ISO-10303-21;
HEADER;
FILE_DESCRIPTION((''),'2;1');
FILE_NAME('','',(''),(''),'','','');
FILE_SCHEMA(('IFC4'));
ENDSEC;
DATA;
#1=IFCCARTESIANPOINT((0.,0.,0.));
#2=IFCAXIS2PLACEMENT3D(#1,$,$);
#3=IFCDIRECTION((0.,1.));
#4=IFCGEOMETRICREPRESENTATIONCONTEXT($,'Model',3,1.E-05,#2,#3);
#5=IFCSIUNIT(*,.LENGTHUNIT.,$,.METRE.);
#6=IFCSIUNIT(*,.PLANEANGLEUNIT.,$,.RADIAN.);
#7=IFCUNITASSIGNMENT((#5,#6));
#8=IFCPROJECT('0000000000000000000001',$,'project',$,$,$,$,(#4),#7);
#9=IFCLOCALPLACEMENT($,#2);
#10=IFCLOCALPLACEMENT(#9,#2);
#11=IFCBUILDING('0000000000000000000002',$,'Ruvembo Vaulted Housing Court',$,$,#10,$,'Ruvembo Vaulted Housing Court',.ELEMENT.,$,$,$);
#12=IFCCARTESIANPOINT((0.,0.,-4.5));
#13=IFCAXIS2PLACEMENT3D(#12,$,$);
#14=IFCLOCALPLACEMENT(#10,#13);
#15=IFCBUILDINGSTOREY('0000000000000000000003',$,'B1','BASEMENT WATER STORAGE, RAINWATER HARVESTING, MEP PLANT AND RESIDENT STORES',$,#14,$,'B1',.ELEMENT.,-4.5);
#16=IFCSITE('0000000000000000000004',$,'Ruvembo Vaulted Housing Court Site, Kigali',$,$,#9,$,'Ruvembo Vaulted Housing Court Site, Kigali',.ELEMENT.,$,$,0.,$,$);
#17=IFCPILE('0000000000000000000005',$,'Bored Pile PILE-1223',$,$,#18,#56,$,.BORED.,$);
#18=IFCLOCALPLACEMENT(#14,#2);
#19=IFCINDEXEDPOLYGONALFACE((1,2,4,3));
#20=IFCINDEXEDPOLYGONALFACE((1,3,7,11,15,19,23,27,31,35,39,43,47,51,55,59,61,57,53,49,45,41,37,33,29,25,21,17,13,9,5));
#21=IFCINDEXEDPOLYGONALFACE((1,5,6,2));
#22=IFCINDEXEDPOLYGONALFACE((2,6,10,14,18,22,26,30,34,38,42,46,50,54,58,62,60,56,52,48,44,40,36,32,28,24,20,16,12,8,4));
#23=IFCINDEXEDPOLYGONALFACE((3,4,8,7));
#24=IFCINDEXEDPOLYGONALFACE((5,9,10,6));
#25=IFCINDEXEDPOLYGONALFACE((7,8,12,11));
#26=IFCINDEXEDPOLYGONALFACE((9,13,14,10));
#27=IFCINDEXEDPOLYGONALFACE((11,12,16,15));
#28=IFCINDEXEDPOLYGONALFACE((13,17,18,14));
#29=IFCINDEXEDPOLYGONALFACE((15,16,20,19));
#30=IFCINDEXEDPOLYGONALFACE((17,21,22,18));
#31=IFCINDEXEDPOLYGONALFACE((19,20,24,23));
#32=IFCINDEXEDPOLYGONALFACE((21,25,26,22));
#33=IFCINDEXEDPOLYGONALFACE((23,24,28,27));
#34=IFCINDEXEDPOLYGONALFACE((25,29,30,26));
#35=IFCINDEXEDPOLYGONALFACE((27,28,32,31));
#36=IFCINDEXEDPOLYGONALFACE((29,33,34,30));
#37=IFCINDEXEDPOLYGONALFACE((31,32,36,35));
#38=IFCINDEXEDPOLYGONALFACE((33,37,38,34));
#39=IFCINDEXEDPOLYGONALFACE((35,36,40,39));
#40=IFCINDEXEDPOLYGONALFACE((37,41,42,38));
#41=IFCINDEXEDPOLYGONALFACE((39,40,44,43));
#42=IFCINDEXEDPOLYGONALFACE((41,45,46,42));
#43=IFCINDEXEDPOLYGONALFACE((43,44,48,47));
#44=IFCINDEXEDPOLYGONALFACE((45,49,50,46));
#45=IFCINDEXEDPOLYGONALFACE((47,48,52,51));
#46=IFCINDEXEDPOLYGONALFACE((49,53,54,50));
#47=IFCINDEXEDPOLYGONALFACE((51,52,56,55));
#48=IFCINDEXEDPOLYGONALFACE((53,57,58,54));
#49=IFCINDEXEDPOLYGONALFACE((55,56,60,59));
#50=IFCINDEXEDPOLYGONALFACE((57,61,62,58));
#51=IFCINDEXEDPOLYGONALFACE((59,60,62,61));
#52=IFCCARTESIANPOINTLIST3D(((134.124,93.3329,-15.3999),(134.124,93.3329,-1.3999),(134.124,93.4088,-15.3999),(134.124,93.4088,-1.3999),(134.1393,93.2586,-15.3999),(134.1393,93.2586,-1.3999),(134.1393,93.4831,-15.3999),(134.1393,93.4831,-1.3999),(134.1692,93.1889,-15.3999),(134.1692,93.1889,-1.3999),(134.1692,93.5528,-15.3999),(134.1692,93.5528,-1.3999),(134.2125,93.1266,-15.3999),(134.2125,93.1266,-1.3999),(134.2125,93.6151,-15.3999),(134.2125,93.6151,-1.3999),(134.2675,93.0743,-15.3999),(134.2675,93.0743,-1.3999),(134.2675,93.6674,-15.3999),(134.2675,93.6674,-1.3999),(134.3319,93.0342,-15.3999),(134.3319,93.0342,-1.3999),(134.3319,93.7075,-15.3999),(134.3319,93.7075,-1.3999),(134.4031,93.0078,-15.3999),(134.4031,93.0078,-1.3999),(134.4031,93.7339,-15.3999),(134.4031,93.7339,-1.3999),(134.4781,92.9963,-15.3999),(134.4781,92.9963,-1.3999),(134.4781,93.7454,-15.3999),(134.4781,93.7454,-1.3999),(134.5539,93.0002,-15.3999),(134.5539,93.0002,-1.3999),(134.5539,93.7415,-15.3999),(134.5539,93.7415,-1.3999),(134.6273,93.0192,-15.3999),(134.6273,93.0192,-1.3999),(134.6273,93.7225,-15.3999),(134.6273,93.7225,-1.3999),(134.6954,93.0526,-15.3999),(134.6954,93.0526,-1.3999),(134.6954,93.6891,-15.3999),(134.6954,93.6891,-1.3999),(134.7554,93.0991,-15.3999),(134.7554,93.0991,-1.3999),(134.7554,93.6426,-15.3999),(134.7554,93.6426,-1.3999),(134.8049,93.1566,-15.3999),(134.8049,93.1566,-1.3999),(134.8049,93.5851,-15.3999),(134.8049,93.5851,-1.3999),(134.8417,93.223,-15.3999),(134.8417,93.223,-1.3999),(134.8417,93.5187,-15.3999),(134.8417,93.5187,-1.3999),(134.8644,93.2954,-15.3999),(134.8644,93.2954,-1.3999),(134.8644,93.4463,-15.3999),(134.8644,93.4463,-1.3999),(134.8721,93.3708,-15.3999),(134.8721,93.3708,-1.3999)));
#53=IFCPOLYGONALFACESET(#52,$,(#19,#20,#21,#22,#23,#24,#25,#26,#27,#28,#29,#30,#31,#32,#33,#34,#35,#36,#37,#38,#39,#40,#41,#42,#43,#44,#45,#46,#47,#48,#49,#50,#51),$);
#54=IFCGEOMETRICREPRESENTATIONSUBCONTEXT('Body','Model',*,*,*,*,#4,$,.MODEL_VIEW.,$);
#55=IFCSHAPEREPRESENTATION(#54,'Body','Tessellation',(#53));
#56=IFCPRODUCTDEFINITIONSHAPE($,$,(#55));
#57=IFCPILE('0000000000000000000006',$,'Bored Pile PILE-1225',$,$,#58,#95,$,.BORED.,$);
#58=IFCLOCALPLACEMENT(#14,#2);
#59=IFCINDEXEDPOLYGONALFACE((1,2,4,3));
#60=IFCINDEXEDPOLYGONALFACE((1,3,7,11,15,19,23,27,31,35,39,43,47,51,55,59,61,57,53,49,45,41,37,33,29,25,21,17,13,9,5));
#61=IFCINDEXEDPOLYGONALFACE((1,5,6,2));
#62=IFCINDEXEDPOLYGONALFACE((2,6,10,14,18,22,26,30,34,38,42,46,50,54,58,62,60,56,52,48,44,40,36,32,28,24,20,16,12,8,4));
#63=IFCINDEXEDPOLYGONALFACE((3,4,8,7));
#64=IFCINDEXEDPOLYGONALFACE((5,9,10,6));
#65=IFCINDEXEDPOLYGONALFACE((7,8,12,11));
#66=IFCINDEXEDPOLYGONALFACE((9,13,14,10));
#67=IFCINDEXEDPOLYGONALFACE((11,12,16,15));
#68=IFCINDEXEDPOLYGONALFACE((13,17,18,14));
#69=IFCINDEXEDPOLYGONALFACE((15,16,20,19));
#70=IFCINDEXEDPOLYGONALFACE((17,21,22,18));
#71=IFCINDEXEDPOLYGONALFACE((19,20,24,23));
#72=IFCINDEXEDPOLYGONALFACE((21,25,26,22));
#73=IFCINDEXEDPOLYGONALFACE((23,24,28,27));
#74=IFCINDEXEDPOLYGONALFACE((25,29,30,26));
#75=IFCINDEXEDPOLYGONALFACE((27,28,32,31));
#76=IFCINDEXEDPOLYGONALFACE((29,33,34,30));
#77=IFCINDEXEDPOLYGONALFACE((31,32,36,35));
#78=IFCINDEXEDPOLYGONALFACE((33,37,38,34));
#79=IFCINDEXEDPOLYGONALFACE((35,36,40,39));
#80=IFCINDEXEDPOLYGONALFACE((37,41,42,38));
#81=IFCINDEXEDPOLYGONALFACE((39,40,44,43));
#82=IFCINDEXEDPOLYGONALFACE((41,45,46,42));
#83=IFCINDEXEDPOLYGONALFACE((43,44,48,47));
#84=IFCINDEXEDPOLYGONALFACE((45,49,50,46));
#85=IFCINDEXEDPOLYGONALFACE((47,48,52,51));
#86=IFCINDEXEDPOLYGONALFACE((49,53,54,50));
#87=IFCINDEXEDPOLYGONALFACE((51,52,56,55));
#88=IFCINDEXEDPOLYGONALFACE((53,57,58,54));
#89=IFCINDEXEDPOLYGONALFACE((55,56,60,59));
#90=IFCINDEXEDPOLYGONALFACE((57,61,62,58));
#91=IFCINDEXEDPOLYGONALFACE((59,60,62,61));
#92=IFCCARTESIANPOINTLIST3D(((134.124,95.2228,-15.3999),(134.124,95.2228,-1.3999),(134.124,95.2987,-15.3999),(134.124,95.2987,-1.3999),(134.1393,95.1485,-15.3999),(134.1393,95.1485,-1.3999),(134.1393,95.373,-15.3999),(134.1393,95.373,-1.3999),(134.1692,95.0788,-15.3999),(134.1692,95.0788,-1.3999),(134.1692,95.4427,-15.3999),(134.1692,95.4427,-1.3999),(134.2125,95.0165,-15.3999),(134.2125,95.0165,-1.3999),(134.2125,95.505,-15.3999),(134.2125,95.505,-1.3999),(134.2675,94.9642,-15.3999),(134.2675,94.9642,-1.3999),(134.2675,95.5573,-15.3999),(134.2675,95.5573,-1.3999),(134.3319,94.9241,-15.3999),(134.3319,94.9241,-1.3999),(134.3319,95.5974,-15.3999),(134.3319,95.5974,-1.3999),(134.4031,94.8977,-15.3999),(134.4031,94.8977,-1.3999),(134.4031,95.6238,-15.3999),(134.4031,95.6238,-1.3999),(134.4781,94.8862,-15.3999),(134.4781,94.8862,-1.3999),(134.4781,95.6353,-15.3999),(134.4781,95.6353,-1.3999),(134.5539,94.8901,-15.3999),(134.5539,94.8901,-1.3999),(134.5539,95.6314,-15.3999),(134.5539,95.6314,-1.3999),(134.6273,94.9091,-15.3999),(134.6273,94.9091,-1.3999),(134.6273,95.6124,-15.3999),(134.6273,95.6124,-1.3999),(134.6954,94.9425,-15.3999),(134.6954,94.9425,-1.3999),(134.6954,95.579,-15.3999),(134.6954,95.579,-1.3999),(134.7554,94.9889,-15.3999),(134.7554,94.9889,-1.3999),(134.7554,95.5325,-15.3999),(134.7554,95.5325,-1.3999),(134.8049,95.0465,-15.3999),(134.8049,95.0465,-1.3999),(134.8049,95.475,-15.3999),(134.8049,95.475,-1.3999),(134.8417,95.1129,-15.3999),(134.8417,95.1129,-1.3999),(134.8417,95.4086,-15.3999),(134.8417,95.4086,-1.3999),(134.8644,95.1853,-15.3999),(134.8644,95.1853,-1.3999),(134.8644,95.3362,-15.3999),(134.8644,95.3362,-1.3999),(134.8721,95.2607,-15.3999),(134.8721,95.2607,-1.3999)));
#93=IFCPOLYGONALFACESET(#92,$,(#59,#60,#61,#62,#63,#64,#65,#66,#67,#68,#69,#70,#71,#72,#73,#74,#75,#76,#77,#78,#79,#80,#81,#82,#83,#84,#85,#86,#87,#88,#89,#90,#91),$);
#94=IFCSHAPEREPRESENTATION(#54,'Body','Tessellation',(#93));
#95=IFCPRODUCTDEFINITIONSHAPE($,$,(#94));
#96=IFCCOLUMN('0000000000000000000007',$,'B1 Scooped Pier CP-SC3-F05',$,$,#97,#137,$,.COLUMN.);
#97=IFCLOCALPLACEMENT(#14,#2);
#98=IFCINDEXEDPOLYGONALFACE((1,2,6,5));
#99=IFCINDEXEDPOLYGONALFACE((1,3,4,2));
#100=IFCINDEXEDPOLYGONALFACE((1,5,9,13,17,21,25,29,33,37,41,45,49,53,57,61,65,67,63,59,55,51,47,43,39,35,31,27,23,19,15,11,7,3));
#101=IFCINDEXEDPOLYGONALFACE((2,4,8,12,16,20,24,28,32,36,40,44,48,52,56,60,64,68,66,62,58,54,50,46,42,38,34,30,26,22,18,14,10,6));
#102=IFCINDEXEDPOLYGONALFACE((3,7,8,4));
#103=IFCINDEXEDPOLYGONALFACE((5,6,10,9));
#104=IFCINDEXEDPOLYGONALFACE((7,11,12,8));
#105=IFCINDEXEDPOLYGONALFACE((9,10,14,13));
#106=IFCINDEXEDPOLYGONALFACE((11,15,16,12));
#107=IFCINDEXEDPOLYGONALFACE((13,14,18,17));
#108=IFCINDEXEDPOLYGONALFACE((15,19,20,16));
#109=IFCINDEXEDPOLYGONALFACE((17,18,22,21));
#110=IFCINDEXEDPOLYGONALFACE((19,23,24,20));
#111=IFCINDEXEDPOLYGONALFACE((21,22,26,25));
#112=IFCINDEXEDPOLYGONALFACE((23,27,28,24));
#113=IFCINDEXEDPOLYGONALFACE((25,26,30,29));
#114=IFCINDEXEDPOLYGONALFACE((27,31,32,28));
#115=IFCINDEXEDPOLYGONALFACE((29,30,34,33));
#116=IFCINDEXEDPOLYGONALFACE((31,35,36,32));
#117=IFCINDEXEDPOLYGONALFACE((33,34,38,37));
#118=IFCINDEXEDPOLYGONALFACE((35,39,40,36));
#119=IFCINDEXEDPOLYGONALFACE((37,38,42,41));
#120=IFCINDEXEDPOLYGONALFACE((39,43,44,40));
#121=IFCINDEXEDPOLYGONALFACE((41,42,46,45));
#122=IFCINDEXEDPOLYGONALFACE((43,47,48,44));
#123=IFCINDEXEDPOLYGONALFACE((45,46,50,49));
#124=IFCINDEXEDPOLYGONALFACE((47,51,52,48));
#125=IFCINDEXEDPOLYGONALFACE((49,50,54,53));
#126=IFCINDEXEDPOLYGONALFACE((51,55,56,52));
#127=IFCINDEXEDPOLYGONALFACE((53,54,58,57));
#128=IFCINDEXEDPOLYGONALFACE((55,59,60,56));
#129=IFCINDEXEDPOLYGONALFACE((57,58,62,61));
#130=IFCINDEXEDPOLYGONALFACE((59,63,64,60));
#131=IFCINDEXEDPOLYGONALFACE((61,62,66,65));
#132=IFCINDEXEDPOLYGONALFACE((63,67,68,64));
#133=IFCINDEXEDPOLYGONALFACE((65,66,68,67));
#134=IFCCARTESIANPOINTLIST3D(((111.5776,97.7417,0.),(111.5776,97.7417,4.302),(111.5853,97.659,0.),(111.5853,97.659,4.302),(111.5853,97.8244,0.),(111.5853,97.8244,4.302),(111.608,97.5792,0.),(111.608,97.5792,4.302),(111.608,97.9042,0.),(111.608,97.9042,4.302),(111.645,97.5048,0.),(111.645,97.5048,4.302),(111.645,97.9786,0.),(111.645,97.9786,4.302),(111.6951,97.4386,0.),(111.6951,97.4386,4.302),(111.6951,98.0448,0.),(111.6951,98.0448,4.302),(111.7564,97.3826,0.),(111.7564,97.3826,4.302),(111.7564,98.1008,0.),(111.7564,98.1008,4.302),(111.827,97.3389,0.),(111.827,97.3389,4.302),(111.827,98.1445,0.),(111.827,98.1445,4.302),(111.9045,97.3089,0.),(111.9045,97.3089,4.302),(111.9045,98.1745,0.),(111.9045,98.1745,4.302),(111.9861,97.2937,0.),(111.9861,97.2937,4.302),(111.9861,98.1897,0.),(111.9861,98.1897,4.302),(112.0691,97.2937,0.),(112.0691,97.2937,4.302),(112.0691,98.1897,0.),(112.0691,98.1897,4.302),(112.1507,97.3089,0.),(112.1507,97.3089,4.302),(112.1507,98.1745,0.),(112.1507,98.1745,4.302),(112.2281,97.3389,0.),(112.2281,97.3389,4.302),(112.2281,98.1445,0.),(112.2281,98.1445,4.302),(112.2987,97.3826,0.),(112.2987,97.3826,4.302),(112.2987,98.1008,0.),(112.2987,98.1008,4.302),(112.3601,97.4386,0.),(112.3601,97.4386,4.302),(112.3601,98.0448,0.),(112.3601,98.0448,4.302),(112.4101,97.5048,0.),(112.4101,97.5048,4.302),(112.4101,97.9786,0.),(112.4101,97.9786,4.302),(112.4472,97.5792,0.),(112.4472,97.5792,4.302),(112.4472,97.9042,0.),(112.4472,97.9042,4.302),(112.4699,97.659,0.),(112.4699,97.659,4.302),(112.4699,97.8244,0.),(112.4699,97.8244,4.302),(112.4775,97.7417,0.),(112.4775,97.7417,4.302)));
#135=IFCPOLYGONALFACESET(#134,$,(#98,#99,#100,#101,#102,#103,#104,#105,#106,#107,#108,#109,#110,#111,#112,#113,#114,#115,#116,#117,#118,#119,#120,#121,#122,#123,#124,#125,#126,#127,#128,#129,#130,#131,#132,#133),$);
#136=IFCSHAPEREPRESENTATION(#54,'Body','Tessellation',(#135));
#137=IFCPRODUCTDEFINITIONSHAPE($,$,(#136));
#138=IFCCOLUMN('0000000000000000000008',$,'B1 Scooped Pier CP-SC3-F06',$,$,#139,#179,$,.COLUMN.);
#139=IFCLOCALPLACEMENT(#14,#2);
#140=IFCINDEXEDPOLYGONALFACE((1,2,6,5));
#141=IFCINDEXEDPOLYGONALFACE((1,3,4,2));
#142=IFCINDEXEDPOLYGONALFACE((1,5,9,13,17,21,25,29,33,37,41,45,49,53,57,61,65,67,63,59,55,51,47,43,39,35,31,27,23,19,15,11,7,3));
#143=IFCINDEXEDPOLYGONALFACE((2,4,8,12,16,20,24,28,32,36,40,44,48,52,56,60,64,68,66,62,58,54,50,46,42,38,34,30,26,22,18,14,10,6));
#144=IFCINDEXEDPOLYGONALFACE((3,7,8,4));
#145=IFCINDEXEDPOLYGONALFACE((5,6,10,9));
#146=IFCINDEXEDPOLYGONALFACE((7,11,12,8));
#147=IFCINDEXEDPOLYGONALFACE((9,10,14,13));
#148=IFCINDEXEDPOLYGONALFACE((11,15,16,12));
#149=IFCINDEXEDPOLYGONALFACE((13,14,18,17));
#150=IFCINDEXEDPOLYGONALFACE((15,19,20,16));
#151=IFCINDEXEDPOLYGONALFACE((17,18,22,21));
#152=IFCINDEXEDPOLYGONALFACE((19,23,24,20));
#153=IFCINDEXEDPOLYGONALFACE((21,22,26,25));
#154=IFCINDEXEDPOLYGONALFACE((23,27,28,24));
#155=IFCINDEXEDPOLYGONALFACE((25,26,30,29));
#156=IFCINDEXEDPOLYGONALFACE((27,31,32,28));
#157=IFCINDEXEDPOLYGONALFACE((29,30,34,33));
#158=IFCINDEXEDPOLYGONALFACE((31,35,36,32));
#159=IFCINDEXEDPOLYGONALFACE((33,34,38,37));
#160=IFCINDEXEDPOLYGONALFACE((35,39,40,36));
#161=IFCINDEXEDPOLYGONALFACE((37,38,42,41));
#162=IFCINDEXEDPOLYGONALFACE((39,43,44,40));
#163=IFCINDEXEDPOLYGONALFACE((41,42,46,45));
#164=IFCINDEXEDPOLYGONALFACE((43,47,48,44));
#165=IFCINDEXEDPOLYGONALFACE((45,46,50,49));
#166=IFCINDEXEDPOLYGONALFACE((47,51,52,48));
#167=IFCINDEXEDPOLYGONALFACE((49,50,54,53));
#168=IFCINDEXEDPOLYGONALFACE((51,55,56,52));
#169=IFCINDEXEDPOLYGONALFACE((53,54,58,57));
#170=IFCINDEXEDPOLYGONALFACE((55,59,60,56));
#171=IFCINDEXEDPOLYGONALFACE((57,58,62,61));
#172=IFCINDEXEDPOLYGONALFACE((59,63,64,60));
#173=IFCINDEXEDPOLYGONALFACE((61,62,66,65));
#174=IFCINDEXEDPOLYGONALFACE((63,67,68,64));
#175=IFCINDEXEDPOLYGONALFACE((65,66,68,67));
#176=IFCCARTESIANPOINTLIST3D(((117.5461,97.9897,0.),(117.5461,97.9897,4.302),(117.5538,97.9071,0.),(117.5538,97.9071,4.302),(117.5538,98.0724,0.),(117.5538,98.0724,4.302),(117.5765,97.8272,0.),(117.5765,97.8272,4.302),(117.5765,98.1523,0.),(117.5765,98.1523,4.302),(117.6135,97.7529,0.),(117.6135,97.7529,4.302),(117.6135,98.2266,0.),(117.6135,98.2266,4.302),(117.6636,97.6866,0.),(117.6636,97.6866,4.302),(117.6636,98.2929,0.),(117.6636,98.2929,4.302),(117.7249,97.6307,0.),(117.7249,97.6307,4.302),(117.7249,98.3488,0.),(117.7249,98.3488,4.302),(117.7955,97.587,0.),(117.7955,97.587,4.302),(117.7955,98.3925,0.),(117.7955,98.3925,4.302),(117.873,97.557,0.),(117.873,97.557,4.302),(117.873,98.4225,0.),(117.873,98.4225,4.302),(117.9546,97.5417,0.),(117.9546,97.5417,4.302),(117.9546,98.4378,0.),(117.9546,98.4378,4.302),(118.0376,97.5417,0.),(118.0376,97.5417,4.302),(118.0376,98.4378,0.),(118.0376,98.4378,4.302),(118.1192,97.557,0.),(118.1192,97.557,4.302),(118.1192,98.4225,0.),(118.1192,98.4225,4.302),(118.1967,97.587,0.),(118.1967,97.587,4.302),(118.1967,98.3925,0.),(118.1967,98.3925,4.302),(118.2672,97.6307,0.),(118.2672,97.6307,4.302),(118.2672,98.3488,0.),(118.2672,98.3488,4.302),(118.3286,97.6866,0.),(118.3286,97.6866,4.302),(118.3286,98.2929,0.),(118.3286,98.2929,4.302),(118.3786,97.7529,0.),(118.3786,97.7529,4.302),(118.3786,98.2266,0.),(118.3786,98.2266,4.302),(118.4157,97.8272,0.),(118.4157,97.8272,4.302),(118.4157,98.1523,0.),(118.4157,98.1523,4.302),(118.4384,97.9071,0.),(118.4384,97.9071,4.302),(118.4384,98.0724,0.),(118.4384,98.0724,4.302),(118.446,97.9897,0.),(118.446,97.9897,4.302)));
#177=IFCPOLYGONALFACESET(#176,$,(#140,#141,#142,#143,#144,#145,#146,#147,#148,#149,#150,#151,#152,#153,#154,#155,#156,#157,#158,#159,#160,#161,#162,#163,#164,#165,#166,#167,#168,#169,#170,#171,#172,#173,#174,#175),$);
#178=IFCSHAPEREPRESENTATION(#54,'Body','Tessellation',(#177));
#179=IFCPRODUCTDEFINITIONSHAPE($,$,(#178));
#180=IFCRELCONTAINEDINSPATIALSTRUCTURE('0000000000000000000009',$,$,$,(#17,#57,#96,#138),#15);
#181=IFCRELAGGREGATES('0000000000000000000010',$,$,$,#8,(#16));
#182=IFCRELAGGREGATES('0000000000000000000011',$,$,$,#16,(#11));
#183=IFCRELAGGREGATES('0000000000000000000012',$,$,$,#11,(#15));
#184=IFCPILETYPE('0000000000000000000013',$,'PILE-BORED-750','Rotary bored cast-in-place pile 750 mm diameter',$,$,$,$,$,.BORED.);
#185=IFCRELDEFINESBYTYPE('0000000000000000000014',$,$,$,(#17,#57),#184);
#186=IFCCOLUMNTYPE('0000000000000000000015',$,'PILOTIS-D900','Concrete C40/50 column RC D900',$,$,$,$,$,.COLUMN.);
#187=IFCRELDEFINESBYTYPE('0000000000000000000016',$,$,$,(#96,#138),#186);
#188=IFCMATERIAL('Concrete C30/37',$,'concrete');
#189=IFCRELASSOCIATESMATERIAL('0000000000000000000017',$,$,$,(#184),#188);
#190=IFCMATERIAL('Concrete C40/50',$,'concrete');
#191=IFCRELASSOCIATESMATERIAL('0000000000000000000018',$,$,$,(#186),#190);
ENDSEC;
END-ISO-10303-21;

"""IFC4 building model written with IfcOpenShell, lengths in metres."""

from ifc_helpers import new_model, si_unit, direction, frame, origin, origin_2d, place, context, subcontext, project, spatial, circle, extrude, material, material_profile, profile_set, type_object, element, save


model = new_model("IFC4")

# Units and contexts
model_context = context("Model", 3, precision=1e-05, world=origin(), true_north=direction((0.0, 1.0)))
body_context = subcontext(model_context, "Body", "Model", "MODEL_VIEW")
ifc_project = project(units=[si_unit("LENGTHUNIT", "METRE"), si_unit("PLANEANGLEUNIT", "RADIAN")], contexts=[model_context])

# Site, building, storey
site_placement = place(None, origin())
site = spatial("IfcSite", under=ifc_project, at=site_placement, Name="Ruvembo Vaulted Housing Court Site, Kigali", LongName="Ruvembo Vaulted Housing Court Site, Kigali", CompositionType="ELEMENT", RefElevation=0.0)
building_placement = place(site_placement, origin())
building = spatial("IfcBuilding", under=site, at=building_placement, Name="Ruvembo Vaulted Housing Court", LongName="Ruvembo Vaulted Housing Court", CompositionType="ELEMENT")
storey_placement = place(building_placement, frame((0.0, 0.0, -4.5)))
storey = spatial("IfcBuildingStorey", under=building, at=storey_placement, Name="B1", Description="BASEMENT WATER STORAGE, RAINWATER HARVESTING, MEP PLANT AND RESIDENT STORES", LongName="B1", CompositionType="ELEMENT", Elevation=-4.5)

# Piles
ifc_material_1 = material(Name="Concrete C30/37", Category="concrete")
ifc_material_profile_1 = material_profile(ifc_material_1, circle(Radius=0.375, at=origin_2d()), Name="PILE D750")
ifc_profile_set_1 = profile_set([ifc_material_profile_1], Name="Concrete C30/37")
pile_type_1 = type_object("IfcPileType", Name="PILE-BORED-750", Description="Rotary bored cast-in-place pile 750 mm diameter", PredefinedType="BORED", material=ifc_profile_set_1)
for number, where, z_axis, x_axis, name in (
    (1, (134.4971, 93.3708, -1.3999), (0.0, 0.0, -1.0), (1.0, 0.0, 0.0), "Bored Pile PILE-1223"),
    (2, (134.4971, 95.2607, -1.3999), (0.0, 0.0, -1.0), (1.0, 0.0, 0.0), "Bored Pile PILE-1225"),
):
    element("IfcPile", number, at=place(storey_placement, frame(where, z_axis=z_axis, x_axis=x_axis)), inside=storey, type_object=pile_type_1, Name=name, PredefinedType="BORED", context=body_context, shape_type="SweptSolid", body=[
        extrude(circle(Radius=0.375, at=origin_2d()), origin(), (0.0, 0.0, 1.0), 14.0),
    ])

# Columns
ifc_material_2 = material(Name="Concrete C40/50", Category="concrete")
ifc_material_profile_2 = material_profile(ifc_material_2, circle(Radius=0.45, at=origin_2d()), Name="RC D900")
ifc_profile_set_2 = profile_set([ifc_material_profile_2], Name="Concrete C40/50")
column_type = type_object("IfcColumnType", Name="PILOTIS-D900", Description="Concrete C40/50 column RC D900", PredefinedType="COLUMN", material=ifc_profile_set_2)
for number, where, z_axis, x_axis, name in (
    (3, (112.0276, 97.7417, 0.0), (0.0, 0.0, 1.0), (1.0, 0.0, 0.0), "B1 Scooped Pier CP-SC3-F05"),
    (4, (117.9961, 97.9897, 0.0), (0.0, 0.0, 1.0), (1.0, 0.0, 0.0), "B1 Scooped Pier CP-SC3-F06"),
):
    element("IfcColumn", number, at=place(storey_placement, frame(where, z_axis=z_axis, x_axis=x_axis)), inside=storey, type_object=column_type, Name=name, PredefinedType="COLUMN", context=body_context, shape_type="SweptSolid", body=[
        extrude(circle(Radius=0.45, at=origin_2d()), origin(), (0.0, 0.0, 1.0), 4.302),
    ])

save(model, "model.ifc")
